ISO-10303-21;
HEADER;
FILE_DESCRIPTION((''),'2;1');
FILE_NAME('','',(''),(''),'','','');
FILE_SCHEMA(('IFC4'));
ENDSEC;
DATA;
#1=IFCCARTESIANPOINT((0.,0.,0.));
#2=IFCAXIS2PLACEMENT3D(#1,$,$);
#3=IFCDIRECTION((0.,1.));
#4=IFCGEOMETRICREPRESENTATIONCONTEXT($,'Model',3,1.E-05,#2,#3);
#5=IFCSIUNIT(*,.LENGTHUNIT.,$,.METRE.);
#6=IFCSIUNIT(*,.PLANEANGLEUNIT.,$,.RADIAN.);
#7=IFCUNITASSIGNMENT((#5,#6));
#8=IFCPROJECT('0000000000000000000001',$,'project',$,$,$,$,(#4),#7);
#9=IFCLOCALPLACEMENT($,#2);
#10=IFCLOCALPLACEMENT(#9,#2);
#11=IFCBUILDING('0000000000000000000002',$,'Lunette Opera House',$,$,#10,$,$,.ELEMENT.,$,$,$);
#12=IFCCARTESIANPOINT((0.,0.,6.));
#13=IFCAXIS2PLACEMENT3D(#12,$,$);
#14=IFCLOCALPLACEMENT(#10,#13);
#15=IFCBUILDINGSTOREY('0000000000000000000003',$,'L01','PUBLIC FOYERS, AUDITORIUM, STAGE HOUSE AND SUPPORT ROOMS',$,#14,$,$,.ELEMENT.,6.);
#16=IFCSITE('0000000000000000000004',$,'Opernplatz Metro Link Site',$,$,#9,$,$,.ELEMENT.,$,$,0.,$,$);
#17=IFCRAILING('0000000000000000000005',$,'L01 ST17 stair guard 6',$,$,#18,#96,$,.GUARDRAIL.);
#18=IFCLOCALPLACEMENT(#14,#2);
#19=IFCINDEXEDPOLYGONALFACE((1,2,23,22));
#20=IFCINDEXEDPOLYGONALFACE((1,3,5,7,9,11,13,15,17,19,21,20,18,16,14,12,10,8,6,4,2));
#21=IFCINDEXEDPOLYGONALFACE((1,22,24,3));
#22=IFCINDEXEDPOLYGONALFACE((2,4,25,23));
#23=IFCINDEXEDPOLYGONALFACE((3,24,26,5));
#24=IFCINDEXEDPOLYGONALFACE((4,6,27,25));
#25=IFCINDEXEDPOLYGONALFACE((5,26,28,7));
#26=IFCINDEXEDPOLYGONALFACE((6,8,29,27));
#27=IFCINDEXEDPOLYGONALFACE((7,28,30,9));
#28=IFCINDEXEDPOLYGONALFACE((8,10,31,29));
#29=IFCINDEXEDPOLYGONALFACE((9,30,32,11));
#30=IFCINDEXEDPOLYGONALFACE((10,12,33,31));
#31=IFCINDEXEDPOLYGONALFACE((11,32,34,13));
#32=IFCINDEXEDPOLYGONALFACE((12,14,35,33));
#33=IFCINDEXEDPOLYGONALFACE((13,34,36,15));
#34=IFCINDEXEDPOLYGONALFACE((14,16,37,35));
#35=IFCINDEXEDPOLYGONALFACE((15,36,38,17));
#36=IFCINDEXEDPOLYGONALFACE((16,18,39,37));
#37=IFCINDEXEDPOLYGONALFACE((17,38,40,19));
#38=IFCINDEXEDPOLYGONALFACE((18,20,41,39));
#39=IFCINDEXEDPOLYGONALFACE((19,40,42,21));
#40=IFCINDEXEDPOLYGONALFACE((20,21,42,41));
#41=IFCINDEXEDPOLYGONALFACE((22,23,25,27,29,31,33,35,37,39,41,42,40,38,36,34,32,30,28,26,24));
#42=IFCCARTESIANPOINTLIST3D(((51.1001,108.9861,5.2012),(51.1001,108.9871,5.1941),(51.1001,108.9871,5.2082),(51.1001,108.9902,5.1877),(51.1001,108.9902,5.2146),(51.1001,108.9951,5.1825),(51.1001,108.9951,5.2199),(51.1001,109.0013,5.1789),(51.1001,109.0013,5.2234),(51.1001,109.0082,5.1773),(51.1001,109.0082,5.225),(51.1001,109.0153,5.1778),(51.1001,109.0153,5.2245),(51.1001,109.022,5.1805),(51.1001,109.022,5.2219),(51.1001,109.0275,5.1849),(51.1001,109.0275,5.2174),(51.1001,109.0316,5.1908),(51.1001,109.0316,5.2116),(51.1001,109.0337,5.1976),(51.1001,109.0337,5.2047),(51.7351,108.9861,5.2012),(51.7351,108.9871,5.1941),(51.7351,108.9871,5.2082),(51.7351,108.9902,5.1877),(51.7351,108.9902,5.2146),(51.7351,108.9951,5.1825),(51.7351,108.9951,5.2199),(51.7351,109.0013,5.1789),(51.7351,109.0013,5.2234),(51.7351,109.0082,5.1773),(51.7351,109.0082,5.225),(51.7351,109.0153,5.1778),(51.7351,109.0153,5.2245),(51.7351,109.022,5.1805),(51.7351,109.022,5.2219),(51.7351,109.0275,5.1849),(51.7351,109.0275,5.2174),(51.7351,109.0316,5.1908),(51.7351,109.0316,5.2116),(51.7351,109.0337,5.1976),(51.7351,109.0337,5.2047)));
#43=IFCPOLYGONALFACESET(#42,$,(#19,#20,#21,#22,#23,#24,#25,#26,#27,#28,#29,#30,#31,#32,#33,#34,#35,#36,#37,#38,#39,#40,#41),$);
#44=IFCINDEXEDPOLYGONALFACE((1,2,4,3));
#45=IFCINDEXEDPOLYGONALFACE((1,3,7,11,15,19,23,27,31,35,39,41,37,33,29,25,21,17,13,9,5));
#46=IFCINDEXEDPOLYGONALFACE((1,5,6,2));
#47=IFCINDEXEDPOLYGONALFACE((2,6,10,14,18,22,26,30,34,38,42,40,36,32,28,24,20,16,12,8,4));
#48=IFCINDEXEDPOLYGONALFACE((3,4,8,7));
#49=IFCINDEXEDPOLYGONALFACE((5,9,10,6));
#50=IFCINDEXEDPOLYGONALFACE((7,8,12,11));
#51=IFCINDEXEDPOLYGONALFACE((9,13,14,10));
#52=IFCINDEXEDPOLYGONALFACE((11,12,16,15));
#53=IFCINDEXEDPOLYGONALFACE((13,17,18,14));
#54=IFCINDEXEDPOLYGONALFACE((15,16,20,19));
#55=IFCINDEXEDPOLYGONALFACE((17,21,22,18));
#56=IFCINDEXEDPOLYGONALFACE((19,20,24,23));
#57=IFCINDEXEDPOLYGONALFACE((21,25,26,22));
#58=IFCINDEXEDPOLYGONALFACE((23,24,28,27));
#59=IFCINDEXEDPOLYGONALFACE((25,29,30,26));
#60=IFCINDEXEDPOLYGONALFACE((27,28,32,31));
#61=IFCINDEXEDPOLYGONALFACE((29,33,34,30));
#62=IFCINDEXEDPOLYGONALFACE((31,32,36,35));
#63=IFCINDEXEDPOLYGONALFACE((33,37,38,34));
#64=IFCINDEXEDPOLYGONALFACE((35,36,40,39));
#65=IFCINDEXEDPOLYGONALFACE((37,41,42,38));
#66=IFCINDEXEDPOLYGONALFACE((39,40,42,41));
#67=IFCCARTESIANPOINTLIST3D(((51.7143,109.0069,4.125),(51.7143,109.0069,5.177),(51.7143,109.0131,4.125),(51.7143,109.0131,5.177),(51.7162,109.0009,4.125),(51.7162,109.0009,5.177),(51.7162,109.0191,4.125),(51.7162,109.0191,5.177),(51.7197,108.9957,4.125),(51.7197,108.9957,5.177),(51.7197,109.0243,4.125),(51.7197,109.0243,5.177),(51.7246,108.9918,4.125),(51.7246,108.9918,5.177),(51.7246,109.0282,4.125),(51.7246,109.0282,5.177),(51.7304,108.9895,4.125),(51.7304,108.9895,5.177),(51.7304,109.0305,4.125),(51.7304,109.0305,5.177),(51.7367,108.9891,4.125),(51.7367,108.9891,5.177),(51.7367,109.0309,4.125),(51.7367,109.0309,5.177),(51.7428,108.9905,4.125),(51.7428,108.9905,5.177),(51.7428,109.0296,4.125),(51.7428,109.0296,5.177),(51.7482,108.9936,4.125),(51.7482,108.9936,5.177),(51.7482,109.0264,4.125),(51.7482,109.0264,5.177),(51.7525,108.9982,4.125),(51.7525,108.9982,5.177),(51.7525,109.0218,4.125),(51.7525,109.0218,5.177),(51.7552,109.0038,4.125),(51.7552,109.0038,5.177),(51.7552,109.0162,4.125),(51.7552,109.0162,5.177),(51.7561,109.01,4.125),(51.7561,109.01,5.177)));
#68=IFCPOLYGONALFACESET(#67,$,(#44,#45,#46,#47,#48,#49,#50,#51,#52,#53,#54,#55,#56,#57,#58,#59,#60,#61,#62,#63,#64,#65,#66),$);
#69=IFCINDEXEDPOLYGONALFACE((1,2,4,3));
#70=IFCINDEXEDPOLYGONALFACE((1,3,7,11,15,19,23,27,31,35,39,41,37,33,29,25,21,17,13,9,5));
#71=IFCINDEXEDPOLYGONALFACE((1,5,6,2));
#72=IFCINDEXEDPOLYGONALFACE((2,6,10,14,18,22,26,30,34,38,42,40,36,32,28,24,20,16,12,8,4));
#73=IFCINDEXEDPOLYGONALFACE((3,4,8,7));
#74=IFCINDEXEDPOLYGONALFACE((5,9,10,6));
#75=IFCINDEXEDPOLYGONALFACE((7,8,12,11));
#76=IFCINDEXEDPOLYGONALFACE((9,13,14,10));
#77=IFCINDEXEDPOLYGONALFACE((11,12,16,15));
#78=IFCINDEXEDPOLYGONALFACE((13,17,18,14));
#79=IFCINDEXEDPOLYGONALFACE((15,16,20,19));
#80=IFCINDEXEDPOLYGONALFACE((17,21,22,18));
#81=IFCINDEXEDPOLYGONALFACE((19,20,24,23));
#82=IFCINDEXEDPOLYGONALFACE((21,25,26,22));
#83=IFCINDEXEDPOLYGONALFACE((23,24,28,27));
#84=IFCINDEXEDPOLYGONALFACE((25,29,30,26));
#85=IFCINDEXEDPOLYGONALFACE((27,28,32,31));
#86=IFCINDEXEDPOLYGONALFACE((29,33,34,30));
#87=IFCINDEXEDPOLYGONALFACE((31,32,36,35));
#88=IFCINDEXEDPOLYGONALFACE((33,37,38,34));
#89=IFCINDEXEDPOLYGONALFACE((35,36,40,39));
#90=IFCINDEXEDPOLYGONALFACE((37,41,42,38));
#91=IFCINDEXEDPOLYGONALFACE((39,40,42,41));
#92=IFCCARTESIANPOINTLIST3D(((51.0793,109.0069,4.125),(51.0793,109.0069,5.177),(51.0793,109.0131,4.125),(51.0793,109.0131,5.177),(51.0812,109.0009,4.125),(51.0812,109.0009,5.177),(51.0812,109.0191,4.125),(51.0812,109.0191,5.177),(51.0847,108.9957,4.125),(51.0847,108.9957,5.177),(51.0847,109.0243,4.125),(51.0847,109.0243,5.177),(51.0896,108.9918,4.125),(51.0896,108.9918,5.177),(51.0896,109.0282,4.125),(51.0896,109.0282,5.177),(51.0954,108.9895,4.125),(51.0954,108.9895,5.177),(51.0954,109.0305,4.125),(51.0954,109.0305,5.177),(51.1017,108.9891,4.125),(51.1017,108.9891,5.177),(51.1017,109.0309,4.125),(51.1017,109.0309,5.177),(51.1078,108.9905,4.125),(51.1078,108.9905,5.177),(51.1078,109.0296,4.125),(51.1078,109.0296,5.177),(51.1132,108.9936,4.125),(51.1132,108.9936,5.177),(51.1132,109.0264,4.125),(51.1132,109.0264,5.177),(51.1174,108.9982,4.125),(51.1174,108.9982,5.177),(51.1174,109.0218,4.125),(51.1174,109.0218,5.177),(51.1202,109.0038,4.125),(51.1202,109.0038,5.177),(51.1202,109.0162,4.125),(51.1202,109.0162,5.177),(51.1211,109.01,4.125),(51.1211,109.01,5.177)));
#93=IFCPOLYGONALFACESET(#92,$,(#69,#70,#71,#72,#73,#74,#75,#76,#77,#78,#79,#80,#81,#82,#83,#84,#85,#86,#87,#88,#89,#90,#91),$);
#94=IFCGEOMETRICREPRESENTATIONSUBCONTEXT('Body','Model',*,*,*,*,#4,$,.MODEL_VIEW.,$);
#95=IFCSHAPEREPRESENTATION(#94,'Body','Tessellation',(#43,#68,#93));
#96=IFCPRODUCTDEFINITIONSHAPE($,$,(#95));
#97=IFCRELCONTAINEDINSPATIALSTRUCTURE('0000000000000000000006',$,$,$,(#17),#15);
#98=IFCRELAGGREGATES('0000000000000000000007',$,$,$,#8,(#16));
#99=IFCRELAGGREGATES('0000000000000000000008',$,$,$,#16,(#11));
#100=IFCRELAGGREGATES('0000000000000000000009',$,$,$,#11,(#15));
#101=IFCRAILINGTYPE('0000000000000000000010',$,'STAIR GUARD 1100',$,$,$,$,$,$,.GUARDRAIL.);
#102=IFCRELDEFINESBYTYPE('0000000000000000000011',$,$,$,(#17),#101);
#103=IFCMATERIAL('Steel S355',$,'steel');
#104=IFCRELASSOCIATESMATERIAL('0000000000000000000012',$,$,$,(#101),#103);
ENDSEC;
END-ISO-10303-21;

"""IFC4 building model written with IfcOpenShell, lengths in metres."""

from ifc_helpers import new_model, si_unit, direction, frame, origin, origin_2d, place, context, subcontext, project, spatial, circle, extrude, material, type_object, element, save


model = new_model("IFC4")

# Units and contexts
model_context = context("Model", 3, precision=1e-05, world=origin(), true_north=direction((0.0, 1.0)))
body_context = subcontext(model_context, "Body", "Model", "MODEL_VIEW")
ifc_project = project(units=[si_unit("LENGTHUNIT", "METRE"), si_unit("PLANEANGLEUNIT", "RADIAN")], contexts=[model_context])

# Site, building, storey
site_placement = place(None, origin())
site = spatial("IfcSite", under=ifc_project, at=site_placement, Name="Opernplatz Metro Link Site", CompositionType="ELEMENT", RefElevation=0.0)
building_placement = place(site_placement, origin())
building = spatial("IfcBuilding", under=site, at=building_placement, Name="Lunette Opera House", CompositionType="ELEMENT")
storey_placement = place(building_placement, frame((0.0, 0.0, 6.0)))
storey = spatial("IfcBuildingStorey", under=building, at=storey_placement, Name="L01", Description="PUBLIC FOYERS, AUDITORIUM, STAGE HOUSE AND SUPPORT ROOMS", CompositionType="ELEMENT", Elevation=6.0)

# Railing
ifc_material_1 = material(Name="Steel S355", Category="steel")
railing_type_1 = type_object("IfcRailingType", Name="STAIR GUARD 1100", PredefinedType="GUARDRAIL", material=ifc_material_1)
railing_1_placement = place(storey_placement, frame((51.7351, 109.01, 4.125)))
element("IfcRailing", 1, at=railing_1_placement, inside=storey, type_object=railing_type_1, Name="L01 ST17 stair guard 6", PredefinedType="GUARDRAIL", context=body_context, shape_type="SweptSolid", body=[
    extrude(circle(Radius=0.0239, at=origin_2d()), frame((0.0, 0.0, 1.0762), z_axis=(-1.0, 0.0, 0.0), x_axis=(0.0, -1.0, 0.0)), (0.0, 0.0, 1.0), 0.635),
    extrude(circle(Radius=0.021, at=origin_2d()), origin(), (0.0, 0.0, 1.0), 1.052),
    extrude(circle(Radius=0.021, at=origin_2d()), frame((-0.635, 0.0, 0.0)), (0.0, 0.0, 1.0), 1.052),
])

save(model, "model.ifc")
